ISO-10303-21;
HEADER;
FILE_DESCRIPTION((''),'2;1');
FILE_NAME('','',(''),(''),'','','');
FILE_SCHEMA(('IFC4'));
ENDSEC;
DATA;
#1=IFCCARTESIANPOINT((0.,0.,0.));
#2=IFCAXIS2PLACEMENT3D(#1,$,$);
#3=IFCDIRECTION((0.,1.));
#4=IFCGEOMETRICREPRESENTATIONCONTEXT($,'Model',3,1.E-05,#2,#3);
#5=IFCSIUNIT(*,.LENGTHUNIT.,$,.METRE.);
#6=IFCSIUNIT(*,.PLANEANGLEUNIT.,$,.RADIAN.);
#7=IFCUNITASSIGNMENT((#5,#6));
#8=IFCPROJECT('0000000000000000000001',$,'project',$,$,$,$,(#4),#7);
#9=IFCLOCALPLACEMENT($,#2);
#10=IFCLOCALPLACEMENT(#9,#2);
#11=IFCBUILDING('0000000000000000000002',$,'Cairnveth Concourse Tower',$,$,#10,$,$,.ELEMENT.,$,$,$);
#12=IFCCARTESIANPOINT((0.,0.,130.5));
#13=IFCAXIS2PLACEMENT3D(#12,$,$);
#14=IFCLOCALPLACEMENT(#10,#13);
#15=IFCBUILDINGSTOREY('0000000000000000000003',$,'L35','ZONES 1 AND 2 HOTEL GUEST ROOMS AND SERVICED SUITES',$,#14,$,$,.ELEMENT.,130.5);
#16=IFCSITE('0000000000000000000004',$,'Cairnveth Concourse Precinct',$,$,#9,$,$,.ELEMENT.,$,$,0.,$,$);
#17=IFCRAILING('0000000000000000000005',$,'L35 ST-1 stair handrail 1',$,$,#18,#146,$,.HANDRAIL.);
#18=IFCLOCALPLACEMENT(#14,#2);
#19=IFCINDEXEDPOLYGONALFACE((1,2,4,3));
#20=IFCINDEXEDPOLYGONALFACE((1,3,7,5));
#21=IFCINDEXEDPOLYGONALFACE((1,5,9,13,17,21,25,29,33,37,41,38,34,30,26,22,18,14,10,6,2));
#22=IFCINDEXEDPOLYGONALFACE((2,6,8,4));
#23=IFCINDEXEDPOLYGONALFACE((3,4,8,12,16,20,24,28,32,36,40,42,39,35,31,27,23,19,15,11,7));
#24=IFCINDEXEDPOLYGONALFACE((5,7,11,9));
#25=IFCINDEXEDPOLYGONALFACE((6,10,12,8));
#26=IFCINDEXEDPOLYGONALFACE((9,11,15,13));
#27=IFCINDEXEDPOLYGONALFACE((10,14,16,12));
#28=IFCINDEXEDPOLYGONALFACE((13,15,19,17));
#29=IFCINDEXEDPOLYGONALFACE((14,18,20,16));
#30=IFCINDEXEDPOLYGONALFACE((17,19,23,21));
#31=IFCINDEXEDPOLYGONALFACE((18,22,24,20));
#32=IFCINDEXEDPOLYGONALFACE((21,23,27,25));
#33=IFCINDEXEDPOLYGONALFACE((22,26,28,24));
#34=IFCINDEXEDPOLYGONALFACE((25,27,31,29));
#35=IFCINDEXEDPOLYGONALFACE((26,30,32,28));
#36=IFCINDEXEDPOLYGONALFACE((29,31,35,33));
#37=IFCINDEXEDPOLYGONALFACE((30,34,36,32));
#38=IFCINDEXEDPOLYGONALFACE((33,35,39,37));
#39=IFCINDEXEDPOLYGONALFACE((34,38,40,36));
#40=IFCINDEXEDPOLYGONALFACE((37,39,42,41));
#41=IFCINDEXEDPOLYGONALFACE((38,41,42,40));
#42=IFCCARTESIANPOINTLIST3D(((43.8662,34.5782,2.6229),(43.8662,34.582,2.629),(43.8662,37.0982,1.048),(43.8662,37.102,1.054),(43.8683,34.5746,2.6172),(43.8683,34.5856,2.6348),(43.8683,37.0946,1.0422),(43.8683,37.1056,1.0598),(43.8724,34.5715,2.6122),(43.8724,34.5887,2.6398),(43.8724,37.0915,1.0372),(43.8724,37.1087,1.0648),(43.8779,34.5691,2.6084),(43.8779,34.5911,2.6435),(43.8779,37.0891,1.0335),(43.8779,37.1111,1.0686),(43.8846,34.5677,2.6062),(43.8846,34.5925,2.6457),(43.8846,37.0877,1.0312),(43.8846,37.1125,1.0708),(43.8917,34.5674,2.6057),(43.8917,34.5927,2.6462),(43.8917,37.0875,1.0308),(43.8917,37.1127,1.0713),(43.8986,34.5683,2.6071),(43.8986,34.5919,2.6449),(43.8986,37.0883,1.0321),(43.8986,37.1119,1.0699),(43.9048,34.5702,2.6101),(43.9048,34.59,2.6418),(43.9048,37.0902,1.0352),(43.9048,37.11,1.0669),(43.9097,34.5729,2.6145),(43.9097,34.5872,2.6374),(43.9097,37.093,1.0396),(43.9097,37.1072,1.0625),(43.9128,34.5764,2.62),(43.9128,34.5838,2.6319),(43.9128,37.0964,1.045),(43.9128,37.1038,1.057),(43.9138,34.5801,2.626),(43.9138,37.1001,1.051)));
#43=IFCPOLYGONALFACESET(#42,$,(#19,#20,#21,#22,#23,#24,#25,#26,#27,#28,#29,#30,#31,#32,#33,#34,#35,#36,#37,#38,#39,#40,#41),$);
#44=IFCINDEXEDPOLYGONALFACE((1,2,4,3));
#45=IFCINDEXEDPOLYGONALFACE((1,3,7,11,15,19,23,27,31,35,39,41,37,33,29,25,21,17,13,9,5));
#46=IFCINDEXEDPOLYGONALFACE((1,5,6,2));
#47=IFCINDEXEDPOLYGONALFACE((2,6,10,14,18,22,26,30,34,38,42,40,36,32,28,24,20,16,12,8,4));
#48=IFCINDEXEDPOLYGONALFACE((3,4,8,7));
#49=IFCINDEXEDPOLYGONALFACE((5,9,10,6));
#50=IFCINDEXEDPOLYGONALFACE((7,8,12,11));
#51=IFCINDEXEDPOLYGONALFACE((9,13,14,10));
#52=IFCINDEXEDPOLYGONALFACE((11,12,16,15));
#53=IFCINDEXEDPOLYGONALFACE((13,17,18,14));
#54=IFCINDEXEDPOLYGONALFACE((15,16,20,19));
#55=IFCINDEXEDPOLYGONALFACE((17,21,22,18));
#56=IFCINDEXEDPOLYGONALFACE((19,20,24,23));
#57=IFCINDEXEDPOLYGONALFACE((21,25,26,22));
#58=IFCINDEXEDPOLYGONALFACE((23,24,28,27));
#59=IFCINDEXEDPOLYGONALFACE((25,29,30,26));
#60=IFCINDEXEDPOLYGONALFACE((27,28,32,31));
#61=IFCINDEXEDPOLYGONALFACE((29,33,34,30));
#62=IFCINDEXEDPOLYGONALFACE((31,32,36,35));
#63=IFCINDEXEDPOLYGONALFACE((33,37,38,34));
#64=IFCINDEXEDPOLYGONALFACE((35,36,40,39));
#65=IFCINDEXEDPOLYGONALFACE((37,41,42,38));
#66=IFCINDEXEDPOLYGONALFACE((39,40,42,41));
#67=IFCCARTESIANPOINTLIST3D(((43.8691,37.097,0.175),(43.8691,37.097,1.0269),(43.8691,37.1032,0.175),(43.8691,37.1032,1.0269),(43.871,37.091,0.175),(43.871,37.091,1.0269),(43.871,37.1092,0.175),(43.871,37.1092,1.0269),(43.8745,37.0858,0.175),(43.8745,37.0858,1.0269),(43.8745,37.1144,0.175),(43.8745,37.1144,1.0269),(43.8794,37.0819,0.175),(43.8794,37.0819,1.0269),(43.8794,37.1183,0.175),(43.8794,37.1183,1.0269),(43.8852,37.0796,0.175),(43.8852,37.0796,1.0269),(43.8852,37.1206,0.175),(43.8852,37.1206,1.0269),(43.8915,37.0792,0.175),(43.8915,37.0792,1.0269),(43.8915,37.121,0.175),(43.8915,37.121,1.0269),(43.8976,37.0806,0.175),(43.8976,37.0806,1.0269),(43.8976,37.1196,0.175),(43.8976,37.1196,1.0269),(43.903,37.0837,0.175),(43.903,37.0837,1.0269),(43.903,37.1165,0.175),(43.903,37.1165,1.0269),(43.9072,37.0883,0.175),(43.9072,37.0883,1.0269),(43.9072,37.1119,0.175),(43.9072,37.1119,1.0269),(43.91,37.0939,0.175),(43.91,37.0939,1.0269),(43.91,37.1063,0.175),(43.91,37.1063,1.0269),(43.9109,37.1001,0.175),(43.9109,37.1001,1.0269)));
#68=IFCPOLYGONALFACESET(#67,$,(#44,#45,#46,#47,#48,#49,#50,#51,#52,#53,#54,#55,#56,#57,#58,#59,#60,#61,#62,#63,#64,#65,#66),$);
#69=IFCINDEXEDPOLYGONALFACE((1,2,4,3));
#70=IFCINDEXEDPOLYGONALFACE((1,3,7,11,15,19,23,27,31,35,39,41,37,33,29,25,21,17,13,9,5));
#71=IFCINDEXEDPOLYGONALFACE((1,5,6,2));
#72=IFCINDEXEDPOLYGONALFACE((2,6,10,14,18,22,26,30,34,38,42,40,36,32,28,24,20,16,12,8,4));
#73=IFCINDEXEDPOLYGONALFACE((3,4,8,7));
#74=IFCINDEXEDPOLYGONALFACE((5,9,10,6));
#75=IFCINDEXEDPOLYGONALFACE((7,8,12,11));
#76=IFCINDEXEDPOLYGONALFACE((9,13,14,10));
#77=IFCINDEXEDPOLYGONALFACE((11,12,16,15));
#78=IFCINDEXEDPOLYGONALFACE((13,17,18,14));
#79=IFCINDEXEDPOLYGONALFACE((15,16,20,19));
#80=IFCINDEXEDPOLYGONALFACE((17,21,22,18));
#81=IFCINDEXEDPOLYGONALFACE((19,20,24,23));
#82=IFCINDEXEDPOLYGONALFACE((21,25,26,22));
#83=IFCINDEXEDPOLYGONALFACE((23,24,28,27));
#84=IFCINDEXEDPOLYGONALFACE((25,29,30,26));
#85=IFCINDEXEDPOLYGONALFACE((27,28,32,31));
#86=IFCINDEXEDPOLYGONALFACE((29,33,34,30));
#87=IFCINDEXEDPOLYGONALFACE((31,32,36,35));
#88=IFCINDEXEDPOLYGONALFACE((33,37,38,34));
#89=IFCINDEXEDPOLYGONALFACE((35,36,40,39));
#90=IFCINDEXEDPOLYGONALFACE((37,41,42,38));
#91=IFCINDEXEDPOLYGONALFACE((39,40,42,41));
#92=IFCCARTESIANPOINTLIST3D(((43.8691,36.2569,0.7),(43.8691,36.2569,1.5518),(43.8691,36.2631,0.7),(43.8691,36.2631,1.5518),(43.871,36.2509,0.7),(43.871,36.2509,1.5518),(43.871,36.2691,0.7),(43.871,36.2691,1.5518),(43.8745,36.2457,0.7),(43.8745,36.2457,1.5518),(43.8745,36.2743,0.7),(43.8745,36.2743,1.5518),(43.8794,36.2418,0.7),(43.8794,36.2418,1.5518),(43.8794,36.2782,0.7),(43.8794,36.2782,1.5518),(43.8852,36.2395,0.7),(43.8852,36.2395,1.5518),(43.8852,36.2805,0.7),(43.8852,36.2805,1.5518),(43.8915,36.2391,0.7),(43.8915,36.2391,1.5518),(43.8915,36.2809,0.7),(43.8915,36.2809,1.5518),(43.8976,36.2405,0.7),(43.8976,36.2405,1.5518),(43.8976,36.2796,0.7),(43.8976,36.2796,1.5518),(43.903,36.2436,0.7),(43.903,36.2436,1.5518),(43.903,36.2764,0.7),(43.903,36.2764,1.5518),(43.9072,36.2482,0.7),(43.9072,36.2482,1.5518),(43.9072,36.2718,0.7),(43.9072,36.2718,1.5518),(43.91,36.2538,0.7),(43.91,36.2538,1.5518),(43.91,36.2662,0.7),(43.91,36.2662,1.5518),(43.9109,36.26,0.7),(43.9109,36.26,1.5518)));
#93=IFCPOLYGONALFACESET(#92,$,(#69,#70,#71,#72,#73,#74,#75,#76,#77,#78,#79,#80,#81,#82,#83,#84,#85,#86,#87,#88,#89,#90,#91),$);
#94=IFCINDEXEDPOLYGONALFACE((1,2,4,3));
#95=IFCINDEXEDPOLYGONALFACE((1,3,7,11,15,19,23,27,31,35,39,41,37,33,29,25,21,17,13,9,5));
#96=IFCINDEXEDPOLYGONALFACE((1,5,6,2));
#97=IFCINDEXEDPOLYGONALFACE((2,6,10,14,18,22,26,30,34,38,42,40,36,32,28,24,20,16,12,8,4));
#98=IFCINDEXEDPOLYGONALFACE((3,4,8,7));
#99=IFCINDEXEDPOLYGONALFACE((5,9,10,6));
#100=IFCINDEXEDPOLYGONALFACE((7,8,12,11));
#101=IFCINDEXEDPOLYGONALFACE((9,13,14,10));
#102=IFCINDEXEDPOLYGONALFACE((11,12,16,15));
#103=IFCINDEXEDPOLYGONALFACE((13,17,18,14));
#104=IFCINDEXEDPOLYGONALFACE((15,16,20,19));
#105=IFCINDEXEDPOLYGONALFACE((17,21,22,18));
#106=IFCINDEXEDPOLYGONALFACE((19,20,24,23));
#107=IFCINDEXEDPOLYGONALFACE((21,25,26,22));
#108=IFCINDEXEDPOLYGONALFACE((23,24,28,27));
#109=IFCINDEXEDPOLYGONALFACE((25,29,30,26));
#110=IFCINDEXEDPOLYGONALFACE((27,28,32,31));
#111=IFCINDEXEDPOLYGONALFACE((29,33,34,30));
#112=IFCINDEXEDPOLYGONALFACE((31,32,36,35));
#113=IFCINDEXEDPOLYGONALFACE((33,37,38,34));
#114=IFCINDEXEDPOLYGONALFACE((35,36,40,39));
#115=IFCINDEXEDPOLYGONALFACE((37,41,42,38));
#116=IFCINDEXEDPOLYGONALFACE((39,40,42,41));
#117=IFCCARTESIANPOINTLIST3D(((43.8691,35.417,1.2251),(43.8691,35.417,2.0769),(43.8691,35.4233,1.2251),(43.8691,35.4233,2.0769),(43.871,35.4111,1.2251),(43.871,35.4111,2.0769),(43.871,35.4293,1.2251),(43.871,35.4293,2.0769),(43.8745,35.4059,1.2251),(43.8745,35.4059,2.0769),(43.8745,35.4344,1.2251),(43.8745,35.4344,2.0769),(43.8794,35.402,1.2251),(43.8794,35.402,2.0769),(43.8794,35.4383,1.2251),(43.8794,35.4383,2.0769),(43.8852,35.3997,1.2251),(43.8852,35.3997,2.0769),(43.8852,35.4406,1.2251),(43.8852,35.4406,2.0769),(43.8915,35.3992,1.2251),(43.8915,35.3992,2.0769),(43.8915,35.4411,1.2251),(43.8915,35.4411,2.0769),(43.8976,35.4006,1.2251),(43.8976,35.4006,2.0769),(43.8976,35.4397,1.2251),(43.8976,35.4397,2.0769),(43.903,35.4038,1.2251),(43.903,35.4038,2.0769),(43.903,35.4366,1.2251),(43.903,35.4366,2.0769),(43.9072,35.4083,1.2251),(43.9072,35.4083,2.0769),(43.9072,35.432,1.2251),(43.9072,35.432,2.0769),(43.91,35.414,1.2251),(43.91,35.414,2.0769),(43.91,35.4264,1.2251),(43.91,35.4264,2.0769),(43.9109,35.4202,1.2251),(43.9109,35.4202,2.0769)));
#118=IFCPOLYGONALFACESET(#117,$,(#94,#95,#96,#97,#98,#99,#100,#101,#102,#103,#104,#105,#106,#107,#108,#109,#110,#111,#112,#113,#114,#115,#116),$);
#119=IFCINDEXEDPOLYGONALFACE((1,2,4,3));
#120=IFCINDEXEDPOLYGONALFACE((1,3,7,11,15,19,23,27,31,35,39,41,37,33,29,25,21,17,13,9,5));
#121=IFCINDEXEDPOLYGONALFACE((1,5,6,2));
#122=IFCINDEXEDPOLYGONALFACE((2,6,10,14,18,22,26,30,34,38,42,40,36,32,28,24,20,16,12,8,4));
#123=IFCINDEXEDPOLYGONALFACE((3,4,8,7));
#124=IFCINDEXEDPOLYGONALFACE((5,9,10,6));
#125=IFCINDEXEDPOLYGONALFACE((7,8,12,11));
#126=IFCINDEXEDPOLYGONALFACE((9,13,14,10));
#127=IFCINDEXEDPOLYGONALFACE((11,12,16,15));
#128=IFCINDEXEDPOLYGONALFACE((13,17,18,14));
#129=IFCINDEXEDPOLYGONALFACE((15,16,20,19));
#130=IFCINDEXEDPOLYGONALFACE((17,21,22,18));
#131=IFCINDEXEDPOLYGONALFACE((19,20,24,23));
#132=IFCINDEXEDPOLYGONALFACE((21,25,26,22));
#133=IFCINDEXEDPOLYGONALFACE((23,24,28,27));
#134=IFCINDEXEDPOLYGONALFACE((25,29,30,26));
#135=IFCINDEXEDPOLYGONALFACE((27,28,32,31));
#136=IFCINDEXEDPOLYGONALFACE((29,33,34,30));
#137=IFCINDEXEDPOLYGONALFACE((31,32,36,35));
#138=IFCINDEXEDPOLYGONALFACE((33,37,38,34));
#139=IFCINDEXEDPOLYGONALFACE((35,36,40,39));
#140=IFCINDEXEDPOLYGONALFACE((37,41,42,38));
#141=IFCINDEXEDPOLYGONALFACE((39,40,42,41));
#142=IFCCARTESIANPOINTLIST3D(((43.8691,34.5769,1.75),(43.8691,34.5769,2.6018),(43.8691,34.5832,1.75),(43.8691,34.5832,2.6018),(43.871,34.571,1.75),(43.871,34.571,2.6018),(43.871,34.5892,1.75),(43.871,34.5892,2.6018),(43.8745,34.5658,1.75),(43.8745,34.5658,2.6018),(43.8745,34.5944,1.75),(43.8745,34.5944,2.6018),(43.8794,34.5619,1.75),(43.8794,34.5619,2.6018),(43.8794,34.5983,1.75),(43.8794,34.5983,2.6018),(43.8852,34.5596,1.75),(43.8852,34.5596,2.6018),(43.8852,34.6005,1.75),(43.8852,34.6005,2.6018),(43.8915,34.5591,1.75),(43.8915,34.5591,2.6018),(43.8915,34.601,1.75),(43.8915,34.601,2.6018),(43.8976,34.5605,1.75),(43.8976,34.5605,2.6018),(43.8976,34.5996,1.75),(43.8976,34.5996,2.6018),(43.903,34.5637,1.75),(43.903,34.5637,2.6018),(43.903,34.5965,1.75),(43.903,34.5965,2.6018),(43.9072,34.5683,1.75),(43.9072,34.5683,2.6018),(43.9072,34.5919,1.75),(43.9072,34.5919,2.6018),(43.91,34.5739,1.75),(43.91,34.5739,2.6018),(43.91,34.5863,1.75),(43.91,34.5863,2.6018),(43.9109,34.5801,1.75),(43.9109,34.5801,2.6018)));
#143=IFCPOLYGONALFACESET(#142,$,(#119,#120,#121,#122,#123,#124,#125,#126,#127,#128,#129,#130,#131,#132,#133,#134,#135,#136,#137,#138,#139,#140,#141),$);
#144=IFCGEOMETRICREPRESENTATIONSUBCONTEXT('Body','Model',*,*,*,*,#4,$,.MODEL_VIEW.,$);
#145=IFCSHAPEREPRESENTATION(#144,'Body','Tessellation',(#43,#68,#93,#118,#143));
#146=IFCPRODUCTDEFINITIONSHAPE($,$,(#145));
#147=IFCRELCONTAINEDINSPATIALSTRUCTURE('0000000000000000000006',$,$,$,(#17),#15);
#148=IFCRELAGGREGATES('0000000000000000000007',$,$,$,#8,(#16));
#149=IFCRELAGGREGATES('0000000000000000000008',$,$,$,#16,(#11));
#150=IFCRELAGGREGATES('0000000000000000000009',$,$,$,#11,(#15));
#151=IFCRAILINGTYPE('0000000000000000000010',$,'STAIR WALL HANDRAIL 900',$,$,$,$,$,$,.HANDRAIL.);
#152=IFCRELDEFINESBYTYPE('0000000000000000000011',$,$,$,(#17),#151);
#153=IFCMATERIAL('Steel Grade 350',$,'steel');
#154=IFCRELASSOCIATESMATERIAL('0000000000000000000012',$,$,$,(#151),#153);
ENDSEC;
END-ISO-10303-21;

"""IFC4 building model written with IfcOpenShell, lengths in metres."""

from ifc_helpers import new_model, si_unit, direction, frame, origin, origin_2d, place, context, subcontext, project, spatial, circle, extrude, material, type_object, element, save


model = new_model("IFC4")

# Units and contexts
model_context = context("Model", 3, precision=1e-05, world=origin(), true_north=direction((0.0, 1.0)))
body_context = subcontext(model_context, "Body", "Model", "MODEL_VIEW")
ifc_project = project(units=[si_unit("LENGTHUNIT", "METRE"), si_unit("PLANEANGLEUNIT", "RADIAN")], contexts=[model_context])

# Site, building, storey
site_placement = place(None, origin())
site = spatial("IfcSite", under=ifc_project, at=site_placement, Name="Cairnveth Concourse Precinct", CompositionType="ELEMENT", RefElevation=0.0)
building_placement = place(site_placement, origin())
building = spatial("IfcBuilding", under=site, at=building_placement, Name="Cairnveth Concourse Tower", CompositionType="ELEMENT")
storey_placement = place(building_placement, frame((0.0, 0.0, 130.5)))
storey = spatial("IfcBuildingStorey", under=building, at=storey_placement, Name="L35", Description="ZONES 1 AND 2 HOTEL GUEST ROOMS AND SERVICED SUITES", CompositionType="ELEMENT", Elevation=130.5)

# Shared definitions
ifc_material_1 = material(Name="Steel Grade 350", Category="steel")

# Railing
railing_type_1 = type_object("IfcRailingType", Name="STAIR WALL HANDRAIL 900", PredefinedType="HANDRAIL", material=ifc_material_1)
railing_1_placement = place(storey_placement, frame((43.8899, 37.1001, 0.175)))
element("IfcRailing", 1, at=railing_1_placement, inside=storey, type_object=railing_type_1, Name="L35 ST-1 stair handrail 1", PredefinedType="HANDRAIL", context=body_context, shape_type="SweptSolid", body=[
    extrude(circle(Radius=0.0239, at=origin_2d()), frame((0.0, 0.0, 0.876), z_axis=(0.0, -0.848008, 0.529984), x_axis=(1.0, 0.0, 0.0)), (0.0, 0.0, 1.0), 2.9717),
    extrude(circle(Radius=0.021, at=origin_2d()), origin(), (0.0, 0.0, 1.0), 0.8518),
    extrude(circle(Radius=0.021, at=origin_2d()), frame((0.0, -0.8401, 0.5249)), (0.0, 0.0, 1.0), 0.8518),
    extrude(circle(Radius=0.021, at=origin_2d()), frame((0.0, -1.6799, 1.05)), (0.0, 0.0, 1.0), 0.8518),
    extrude(circle(Radius=0.021, at=origin_2d()), frame((0.0, -2.52, 1.575)), (0.0, 0.0, 1.0), 0.8518),
])

save(model, "model.ifc")
